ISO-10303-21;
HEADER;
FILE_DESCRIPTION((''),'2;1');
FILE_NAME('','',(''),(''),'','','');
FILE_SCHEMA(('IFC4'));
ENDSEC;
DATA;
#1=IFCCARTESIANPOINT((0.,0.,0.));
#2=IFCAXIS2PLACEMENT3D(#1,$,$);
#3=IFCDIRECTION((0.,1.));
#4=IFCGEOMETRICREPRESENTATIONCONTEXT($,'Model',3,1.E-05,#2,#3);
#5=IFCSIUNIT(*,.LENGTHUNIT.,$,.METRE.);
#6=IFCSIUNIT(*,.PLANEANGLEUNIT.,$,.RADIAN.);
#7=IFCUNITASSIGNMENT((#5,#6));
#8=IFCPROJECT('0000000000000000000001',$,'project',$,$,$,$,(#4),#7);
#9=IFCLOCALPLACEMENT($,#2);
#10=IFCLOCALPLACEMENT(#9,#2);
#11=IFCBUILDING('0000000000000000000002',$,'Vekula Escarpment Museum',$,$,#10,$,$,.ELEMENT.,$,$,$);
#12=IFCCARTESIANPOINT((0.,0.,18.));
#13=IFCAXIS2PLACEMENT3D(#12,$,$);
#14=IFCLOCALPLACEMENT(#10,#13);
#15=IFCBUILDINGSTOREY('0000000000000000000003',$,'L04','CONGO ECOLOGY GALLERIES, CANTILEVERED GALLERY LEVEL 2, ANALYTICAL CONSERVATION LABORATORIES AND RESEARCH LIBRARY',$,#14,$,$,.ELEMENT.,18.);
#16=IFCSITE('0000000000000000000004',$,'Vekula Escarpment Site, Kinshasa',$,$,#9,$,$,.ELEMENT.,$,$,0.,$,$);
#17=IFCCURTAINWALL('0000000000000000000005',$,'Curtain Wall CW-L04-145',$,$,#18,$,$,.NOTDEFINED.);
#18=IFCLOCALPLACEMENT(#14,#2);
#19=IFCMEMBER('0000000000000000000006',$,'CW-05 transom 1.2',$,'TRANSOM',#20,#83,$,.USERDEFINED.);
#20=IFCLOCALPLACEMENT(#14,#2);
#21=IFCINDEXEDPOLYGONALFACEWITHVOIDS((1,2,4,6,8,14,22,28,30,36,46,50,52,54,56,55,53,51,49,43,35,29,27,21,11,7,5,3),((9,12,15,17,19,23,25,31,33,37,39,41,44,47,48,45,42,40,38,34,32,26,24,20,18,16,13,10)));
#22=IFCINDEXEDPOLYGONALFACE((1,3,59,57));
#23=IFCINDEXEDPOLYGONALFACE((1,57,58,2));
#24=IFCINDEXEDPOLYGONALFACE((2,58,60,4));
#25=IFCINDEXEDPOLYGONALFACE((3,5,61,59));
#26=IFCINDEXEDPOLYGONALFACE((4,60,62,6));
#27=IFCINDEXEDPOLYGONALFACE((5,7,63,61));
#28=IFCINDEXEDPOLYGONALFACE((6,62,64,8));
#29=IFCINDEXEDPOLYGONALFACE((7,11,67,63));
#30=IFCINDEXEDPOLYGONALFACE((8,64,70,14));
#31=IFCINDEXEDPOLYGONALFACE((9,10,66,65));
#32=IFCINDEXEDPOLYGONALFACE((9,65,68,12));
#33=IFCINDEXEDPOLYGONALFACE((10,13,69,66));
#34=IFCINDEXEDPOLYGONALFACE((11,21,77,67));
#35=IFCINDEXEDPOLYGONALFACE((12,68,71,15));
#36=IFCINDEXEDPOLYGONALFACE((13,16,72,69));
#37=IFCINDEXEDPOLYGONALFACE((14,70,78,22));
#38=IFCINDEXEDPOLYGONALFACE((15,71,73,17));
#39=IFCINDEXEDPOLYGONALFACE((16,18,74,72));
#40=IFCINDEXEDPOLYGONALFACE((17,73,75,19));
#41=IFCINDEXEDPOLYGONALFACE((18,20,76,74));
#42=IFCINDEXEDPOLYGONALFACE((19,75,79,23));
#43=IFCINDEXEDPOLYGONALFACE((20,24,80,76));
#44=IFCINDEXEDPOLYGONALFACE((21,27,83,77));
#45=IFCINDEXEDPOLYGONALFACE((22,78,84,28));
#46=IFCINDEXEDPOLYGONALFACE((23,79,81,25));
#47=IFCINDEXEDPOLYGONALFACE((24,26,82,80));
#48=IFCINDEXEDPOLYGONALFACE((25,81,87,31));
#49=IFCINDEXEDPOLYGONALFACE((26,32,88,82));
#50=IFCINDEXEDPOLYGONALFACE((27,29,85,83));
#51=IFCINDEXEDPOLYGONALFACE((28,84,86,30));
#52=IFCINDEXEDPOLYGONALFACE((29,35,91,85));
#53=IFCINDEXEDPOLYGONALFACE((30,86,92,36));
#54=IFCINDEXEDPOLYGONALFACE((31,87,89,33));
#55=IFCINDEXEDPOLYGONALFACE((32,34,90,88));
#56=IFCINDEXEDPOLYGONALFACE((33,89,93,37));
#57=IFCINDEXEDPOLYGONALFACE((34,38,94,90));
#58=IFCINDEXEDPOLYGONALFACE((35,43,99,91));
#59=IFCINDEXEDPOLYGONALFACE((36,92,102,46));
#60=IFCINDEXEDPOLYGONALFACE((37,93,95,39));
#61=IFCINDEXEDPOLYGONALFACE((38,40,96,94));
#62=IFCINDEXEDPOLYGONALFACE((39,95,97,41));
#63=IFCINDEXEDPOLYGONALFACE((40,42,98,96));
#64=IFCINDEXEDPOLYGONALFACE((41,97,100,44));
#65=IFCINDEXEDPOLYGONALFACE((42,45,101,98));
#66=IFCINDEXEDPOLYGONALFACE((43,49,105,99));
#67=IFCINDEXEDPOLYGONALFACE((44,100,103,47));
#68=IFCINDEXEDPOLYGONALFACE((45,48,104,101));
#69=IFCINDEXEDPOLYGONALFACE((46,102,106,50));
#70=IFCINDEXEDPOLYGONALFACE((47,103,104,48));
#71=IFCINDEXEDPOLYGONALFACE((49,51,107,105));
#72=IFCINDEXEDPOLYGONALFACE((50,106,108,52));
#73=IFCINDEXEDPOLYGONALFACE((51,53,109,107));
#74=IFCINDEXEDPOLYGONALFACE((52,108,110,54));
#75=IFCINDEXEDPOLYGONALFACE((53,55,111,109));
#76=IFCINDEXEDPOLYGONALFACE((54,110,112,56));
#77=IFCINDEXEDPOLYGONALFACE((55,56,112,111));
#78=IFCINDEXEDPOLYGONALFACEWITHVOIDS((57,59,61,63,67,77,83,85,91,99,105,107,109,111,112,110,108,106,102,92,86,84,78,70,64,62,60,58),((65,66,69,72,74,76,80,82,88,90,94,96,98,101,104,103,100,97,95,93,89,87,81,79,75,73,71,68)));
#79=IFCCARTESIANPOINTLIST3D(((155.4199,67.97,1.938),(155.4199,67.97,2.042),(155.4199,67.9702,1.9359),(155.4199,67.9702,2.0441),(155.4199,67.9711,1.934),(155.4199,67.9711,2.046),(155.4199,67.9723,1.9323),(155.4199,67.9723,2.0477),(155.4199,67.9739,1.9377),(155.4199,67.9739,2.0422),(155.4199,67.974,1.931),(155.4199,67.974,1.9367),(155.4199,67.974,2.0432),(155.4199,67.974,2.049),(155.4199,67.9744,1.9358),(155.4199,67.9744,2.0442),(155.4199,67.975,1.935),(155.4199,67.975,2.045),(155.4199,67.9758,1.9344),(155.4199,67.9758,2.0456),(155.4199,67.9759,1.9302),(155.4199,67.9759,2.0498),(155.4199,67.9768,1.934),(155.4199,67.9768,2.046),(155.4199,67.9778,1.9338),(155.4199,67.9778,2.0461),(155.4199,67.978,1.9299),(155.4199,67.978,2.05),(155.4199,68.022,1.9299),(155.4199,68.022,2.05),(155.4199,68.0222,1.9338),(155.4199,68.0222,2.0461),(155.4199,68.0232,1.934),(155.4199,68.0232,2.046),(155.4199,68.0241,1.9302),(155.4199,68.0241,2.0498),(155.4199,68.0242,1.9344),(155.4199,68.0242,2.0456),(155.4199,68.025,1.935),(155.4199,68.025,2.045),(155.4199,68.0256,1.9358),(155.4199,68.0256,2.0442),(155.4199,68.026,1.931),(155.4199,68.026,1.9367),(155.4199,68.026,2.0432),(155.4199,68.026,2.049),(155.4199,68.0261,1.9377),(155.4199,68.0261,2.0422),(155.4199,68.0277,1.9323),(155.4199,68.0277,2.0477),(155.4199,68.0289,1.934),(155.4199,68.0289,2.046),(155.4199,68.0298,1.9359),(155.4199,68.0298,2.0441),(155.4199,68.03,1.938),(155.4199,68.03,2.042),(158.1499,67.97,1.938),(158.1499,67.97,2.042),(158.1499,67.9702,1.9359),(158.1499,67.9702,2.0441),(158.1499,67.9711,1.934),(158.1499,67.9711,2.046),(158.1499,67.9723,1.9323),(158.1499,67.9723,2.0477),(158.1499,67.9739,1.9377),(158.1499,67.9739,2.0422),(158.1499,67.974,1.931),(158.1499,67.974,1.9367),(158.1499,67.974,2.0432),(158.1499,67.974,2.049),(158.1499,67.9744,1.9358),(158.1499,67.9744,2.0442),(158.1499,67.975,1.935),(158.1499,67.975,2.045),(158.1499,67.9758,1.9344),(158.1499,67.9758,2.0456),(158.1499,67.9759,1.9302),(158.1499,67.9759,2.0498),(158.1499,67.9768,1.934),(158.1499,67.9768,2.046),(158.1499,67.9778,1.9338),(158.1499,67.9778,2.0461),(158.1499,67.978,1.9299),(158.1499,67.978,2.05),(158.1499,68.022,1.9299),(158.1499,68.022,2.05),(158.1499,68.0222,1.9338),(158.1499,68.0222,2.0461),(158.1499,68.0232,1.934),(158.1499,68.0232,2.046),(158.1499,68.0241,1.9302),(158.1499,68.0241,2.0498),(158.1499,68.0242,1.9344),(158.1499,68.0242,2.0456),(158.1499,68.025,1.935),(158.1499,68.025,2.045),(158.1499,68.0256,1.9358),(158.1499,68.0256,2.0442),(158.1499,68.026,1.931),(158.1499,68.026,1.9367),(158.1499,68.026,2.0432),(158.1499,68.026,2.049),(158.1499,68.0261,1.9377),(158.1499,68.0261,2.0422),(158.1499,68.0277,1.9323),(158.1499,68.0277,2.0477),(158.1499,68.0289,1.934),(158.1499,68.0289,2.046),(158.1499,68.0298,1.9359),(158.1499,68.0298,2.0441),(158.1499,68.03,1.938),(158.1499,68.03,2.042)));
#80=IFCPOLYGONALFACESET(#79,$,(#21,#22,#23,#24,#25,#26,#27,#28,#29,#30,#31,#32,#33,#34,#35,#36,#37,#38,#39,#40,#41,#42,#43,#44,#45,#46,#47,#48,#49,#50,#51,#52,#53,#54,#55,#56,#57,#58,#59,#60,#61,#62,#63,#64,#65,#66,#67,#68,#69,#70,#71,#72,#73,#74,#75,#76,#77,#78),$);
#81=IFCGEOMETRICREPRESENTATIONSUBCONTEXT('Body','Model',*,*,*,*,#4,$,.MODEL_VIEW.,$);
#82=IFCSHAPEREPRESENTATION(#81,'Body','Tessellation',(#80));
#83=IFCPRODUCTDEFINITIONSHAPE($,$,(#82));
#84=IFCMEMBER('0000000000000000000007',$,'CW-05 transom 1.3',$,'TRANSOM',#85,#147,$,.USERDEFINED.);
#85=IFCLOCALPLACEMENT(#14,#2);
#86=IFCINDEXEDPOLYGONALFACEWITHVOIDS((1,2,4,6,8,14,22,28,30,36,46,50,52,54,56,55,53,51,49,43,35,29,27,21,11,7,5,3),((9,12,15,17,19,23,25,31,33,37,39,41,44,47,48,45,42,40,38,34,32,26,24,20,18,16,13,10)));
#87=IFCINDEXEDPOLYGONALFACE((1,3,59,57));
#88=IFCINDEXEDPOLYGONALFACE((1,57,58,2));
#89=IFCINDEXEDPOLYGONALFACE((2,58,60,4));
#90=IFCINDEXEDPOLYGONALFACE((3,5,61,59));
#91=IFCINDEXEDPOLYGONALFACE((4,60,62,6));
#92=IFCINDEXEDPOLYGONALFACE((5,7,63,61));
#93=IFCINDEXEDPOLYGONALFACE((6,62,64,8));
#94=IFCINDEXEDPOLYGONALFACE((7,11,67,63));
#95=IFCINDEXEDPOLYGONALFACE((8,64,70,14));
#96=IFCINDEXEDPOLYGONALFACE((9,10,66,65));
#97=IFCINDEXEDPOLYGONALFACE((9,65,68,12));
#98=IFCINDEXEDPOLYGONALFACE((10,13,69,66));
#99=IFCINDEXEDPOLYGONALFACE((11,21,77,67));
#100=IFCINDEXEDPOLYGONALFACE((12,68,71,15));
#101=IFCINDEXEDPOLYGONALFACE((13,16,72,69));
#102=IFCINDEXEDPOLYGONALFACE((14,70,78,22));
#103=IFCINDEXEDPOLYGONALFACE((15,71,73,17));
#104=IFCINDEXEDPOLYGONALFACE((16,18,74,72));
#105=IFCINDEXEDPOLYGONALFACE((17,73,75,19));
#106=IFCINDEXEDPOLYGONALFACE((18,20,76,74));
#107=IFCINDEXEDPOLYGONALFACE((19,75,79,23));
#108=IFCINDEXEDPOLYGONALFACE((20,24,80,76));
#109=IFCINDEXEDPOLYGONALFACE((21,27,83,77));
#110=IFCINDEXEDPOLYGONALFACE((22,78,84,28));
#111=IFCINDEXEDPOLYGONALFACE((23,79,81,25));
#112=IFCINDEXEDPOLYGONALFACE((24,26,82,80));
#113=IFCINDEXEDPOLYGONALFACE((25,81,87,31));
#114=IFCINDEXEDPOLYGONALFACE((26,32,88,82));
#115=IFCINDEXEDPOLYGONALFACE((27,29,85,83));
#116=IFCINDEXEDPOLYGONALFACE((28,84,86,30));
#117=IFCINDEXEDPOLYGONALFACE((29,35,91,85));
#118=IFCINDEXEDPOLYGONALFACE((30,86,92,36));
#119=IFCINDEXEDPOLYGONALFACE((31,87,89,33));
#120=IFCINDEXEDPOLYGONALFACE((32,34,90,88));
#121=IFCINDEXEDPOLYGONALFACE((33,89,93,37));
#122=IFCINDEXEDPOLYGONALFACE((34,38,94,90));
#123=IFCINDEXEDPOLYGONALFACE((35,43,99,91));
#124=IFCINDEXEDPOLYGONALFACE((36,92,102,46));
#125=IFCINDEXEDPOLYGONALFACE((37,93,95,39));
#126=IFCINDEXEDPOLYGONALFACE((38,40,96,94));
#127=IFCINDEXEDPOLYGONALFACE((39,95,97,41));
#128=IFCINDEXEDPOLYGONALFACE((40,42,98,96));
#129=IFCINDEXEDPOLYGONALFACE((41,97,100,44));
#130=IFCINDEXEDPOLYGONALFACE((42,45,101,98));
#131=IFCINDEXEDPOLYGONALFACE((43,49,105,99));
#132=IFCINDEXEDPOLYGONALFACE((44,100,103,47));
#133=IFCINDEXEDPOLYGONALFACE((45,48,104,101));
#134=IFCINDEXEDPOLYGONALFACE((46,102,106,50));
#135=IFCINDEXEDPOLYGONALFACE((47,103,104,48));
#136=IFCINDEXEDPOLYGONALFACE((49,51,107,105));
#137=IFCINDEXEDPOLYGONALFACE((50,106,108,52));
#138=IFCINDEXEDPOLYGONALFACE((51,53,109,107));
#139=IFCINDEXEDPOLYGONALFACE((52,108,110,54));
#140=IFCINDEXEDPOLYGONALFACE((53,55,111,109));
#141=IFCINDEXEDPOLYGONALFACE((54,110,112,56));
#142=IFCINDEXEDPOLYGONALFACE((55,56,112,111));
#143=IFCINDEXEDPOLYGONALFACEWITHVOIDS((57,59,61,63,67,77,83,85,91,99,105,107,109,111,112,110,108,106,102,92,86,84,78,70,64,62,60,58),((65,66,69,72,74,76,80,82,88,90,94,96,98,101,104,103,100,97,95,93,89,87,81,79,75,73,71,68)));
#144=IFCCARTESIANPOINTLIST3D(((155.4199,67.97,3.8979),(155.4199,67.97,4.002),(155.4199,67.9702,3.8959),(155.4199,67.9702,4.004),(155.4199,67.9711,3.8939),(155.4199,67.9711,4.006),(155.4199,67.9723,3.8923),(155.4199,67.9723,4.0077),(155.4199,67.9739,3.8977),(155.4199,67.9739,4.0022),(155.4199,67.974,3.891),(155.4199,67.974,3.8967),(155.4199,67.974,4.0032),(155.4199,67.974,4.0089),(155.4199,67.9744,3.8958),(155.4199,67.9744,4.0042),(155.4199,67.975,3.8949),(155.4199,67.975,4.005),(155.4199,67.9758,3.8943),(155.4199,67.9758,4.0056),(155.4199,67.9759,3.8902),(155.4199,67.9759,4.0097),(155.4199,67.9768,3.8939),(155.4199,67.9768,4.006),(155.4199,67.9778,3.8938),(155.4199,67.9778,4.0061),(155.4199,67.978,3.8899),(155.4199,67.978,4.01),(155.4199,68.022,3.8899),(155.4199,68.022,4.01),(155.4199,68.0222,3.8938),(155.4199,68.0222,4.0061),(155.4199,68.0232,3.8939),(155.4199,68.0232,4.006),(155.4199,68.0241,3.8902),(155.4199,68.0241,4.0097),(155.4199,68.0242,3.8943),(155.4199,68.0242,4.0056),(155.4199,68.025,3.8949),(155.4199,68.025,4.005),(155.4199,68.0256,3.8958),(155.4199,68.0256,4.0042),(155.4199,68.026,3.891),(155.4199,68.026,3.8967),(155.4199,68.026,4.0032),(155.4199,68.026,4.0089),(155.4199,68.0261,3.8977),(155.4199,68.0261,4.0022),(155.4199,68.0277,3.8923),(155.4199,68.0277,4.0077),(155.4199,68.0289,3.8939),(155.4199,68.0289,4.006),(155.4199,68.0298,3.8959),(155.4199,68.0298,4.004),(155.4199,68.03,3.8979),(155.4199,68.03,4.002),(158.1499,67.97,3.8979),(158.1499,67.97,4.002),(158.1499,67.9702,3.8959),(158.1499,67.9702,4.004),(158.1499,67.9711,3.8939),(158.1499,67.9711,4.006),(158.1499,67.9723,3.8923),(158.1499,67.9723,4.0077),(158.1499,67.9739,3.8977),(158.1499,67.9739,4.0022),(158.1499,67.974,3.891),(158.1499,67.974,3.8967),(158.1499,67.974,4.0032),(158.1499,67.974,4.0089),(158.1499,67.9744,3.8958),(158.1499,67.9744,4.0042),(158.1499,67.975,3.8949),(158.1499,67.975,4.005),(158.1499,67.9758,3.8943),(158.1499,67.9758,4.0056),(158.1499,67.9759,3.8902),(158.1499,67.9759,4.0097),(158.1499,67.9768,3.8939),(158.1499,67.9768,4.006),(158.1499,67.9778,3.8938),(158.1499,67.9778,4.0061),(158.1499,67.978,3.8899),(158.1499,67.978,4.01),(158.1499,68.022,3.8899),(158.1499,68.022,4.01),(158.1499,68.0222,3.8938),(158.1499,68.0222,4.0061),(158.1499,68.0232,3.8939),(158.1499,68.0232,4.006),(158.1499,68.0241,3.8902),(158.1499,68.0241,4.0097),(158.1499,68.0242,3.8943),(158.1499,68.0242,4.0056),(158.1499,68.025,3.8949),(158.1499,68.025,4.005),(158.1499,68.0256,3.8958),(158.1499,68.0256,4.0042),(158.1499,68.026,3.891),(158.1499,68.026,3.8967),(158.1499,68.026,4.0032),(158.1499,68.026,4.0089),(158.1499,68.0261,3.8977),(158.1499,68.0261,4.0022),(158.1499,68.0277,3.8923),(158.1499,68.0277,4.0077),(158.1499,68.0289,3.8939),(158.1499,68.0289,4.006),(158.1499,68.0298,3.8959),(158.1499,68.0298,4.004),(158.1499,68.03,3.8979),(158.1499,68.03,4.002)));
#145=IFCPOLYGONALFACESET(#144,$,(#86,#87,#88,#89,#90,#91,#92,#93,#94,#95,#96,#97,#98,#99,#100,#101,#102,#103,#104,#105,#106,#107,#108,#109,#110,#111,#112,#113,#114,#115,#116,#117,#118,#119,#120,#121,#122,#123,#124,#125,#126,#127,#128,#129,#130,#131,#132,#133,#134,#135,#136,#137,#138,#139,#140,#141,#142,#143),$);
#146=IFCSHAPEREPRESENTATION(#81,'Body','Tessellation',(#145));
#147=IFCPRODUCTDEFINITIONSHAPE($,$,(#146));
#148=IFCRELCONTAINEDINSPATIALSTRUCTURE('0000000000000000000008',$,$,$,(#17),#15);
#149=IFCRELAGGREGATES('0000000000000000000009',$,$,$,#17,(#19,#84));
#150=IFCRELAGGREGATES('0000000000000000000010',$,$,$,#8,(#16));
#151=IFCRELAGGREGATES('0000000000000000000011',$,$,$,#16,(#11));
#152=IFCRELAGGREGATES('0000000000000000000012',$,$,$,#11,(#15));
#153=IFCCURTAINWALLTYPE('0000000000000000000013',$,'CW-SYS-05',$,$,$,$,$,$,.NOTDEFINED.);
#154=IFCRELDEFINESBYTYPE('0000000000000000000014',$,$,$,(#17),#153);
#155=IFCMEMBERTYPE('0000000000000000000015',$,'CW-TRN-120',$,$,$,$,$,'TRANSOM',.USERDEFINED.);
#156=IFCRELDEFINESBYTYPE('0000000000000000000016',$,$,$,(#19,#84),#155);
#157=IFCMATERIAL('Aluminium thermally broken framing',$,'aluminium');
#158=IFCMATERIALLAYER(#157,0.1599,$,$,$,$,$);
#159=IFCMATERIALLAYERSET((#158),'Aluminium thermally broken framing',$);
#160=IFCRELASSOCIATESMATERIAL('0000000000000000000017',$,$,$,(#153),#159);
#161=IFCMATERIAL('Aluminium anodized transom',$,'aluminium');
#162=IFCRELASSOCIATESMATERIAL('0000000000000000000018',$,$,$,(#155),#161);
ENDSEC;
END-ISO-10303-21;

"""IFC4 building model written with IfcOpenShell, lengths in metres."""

from ifc_helpers import new_model, si_unit, direction, frame, origin, origin_2d, place, context, subcontext, project, spatial, hollow_rectangle, extrude, material, layer, layer_set, material_profile, profile_set, type_object, element, aggregate, save


model = new_model("IFC4")

# Units and contexts
model_context = context("Model", 3, precision=1e-05, world=origin(), true_north=direction((0.0, 1.0)))
body_context = subcontext(model_context, "Body", "Model", "MODEL_VIEW")
ifc_project = project(units=[si_unit("LENGTHUNIT", "METRE"), si_unit("PLANEANGLEUNIT", "RADIAN")], contexts=[model_context])

# Site, building, storey
site_placement = place(None, origin())
site = spatial("IfcSite", under=ifc_project, at=site_placement, Name="Vekula Escarpment Site, Kinshasa", CompositionType="ELEMENT", RefElevation=0.0)
building_placement = place(site_placement, origin())
building = spatial("IfcBuilding", under=site, at=building_placement, Name="Vekula Escarpment Museum", CompositionType="ELEMENT")
storey_placement = place(building_placement, frame((0.0, 0.0, 18.0)))
storey = spatial("IfcBuildingStorey", under=building, at=storey_placement, Name="L04", Description="CONGO ECOLOGY GALLERIES, CANTILEVERED GALLERY LEVEL 2, ANALYTICAL CONSERVATION LABORATORIES AND RESEARCH LIBRARY", CompositionType="ELEMENT", Elevation=18.0)

# Curtain wall
ifc_material_1 = material(Name="Aluminium thermally broken framing", Category="aluminium")
ifc_layer_1 = layer(ifc_material_1, 0.1599)
ifc_layer_set_1 = layer_set([ifc_layer_1], Name="Aluminium thermally broken framing")
curtain_wall_type_1 = type_object("IfcCurtainWallType", Name="CW-SYS-05", PredefinedType="NOTDEFINED", material=ifc_layer_set_1)
curtain_wall_1_placement = place(storey_placement, origin())
curtain_wall_1 = element("IfcCurtainWall", 1, at=curtain_wall_1_placement, inside=storey, type_object=curtain_wall_type_1, Name="Curtain Wall CW-L04-145", PredefinedType="NOTDEFINED")

# Members
ifc_material_2 = material(Name="Aluminium anodized transom", Category="aluminium")
ifc_material_profile_1 = material_profile(ifc_material_2, hollow_rectangle(XDim=0.0601, YDim=0.1201, WallThickness=0.0039, InnerFilletRadius=0.0039, OuterFilletRadius=0.0081, at=origin_2d()), Name="ALU 120x60x4")
ifc_profile_set_1 = profile_set([ifc_material_profile_1], Name="Aluminium anodized transom")
member_type_1 = type_object("IfcMemberType", Name="CW-TRN-120", ElementType="TRANSOM", PredefinedType="USERDEFINED", material=ifc_profile_set_1)
member_1_placement = place(storey_placement, frame((155.4199, 68.0, 1.99), z_axis=(1.0, 0.0, 0.0), x_axis=(0.0, 1.0, 0.0)))
member_1 = element("IfcMember", 2, at=member_1_placement, type_object=member_type_1, Name="CW-05 transom 1.2", ObjectType="TRANSOM", PredefinedType="USERDEFINED", context=body_context, shape_type="SweptSolid", body=[
    extrude(hollow_rectangle(XDim=0.0601, YDim=0.1201, WallThickness=0.0039, InnerFilletRadius=0.0039, OuterFilletRadius=0.0081, at=origin_2d()), origin(), (0.0, 0.0, 1.0), 2.73),
])
member_2_placement = place(storey_placement, frame((155.4199, 68.0, 3.95), z_axis=(1.0, 0.0, 0.0), x_axis=(0.0, 1.0, 0.0)))
member_2 = element("IfcMember", 3, at=member_2_placement, type_object=member_type_1, Name="CW-05 transom 1.3", ObjectType="TRANSOM", PredefinedType="USERDEFINED", context=body_context, shape_type="SweptSolid", body=[
    extrude(hollow_rectangle(XDim=0.0601, YDim=0.1201, WallThickness=0.0039, InnerFilletRadius=0.0039, OuterFilletRadius=0.0081, at=origin_2d()), origin(), (0.0, 0.0, 1.0), 2.73),
])

aggregate(curtain_wall_1, [member_1, member_2])

save(model, "model.ifc")
